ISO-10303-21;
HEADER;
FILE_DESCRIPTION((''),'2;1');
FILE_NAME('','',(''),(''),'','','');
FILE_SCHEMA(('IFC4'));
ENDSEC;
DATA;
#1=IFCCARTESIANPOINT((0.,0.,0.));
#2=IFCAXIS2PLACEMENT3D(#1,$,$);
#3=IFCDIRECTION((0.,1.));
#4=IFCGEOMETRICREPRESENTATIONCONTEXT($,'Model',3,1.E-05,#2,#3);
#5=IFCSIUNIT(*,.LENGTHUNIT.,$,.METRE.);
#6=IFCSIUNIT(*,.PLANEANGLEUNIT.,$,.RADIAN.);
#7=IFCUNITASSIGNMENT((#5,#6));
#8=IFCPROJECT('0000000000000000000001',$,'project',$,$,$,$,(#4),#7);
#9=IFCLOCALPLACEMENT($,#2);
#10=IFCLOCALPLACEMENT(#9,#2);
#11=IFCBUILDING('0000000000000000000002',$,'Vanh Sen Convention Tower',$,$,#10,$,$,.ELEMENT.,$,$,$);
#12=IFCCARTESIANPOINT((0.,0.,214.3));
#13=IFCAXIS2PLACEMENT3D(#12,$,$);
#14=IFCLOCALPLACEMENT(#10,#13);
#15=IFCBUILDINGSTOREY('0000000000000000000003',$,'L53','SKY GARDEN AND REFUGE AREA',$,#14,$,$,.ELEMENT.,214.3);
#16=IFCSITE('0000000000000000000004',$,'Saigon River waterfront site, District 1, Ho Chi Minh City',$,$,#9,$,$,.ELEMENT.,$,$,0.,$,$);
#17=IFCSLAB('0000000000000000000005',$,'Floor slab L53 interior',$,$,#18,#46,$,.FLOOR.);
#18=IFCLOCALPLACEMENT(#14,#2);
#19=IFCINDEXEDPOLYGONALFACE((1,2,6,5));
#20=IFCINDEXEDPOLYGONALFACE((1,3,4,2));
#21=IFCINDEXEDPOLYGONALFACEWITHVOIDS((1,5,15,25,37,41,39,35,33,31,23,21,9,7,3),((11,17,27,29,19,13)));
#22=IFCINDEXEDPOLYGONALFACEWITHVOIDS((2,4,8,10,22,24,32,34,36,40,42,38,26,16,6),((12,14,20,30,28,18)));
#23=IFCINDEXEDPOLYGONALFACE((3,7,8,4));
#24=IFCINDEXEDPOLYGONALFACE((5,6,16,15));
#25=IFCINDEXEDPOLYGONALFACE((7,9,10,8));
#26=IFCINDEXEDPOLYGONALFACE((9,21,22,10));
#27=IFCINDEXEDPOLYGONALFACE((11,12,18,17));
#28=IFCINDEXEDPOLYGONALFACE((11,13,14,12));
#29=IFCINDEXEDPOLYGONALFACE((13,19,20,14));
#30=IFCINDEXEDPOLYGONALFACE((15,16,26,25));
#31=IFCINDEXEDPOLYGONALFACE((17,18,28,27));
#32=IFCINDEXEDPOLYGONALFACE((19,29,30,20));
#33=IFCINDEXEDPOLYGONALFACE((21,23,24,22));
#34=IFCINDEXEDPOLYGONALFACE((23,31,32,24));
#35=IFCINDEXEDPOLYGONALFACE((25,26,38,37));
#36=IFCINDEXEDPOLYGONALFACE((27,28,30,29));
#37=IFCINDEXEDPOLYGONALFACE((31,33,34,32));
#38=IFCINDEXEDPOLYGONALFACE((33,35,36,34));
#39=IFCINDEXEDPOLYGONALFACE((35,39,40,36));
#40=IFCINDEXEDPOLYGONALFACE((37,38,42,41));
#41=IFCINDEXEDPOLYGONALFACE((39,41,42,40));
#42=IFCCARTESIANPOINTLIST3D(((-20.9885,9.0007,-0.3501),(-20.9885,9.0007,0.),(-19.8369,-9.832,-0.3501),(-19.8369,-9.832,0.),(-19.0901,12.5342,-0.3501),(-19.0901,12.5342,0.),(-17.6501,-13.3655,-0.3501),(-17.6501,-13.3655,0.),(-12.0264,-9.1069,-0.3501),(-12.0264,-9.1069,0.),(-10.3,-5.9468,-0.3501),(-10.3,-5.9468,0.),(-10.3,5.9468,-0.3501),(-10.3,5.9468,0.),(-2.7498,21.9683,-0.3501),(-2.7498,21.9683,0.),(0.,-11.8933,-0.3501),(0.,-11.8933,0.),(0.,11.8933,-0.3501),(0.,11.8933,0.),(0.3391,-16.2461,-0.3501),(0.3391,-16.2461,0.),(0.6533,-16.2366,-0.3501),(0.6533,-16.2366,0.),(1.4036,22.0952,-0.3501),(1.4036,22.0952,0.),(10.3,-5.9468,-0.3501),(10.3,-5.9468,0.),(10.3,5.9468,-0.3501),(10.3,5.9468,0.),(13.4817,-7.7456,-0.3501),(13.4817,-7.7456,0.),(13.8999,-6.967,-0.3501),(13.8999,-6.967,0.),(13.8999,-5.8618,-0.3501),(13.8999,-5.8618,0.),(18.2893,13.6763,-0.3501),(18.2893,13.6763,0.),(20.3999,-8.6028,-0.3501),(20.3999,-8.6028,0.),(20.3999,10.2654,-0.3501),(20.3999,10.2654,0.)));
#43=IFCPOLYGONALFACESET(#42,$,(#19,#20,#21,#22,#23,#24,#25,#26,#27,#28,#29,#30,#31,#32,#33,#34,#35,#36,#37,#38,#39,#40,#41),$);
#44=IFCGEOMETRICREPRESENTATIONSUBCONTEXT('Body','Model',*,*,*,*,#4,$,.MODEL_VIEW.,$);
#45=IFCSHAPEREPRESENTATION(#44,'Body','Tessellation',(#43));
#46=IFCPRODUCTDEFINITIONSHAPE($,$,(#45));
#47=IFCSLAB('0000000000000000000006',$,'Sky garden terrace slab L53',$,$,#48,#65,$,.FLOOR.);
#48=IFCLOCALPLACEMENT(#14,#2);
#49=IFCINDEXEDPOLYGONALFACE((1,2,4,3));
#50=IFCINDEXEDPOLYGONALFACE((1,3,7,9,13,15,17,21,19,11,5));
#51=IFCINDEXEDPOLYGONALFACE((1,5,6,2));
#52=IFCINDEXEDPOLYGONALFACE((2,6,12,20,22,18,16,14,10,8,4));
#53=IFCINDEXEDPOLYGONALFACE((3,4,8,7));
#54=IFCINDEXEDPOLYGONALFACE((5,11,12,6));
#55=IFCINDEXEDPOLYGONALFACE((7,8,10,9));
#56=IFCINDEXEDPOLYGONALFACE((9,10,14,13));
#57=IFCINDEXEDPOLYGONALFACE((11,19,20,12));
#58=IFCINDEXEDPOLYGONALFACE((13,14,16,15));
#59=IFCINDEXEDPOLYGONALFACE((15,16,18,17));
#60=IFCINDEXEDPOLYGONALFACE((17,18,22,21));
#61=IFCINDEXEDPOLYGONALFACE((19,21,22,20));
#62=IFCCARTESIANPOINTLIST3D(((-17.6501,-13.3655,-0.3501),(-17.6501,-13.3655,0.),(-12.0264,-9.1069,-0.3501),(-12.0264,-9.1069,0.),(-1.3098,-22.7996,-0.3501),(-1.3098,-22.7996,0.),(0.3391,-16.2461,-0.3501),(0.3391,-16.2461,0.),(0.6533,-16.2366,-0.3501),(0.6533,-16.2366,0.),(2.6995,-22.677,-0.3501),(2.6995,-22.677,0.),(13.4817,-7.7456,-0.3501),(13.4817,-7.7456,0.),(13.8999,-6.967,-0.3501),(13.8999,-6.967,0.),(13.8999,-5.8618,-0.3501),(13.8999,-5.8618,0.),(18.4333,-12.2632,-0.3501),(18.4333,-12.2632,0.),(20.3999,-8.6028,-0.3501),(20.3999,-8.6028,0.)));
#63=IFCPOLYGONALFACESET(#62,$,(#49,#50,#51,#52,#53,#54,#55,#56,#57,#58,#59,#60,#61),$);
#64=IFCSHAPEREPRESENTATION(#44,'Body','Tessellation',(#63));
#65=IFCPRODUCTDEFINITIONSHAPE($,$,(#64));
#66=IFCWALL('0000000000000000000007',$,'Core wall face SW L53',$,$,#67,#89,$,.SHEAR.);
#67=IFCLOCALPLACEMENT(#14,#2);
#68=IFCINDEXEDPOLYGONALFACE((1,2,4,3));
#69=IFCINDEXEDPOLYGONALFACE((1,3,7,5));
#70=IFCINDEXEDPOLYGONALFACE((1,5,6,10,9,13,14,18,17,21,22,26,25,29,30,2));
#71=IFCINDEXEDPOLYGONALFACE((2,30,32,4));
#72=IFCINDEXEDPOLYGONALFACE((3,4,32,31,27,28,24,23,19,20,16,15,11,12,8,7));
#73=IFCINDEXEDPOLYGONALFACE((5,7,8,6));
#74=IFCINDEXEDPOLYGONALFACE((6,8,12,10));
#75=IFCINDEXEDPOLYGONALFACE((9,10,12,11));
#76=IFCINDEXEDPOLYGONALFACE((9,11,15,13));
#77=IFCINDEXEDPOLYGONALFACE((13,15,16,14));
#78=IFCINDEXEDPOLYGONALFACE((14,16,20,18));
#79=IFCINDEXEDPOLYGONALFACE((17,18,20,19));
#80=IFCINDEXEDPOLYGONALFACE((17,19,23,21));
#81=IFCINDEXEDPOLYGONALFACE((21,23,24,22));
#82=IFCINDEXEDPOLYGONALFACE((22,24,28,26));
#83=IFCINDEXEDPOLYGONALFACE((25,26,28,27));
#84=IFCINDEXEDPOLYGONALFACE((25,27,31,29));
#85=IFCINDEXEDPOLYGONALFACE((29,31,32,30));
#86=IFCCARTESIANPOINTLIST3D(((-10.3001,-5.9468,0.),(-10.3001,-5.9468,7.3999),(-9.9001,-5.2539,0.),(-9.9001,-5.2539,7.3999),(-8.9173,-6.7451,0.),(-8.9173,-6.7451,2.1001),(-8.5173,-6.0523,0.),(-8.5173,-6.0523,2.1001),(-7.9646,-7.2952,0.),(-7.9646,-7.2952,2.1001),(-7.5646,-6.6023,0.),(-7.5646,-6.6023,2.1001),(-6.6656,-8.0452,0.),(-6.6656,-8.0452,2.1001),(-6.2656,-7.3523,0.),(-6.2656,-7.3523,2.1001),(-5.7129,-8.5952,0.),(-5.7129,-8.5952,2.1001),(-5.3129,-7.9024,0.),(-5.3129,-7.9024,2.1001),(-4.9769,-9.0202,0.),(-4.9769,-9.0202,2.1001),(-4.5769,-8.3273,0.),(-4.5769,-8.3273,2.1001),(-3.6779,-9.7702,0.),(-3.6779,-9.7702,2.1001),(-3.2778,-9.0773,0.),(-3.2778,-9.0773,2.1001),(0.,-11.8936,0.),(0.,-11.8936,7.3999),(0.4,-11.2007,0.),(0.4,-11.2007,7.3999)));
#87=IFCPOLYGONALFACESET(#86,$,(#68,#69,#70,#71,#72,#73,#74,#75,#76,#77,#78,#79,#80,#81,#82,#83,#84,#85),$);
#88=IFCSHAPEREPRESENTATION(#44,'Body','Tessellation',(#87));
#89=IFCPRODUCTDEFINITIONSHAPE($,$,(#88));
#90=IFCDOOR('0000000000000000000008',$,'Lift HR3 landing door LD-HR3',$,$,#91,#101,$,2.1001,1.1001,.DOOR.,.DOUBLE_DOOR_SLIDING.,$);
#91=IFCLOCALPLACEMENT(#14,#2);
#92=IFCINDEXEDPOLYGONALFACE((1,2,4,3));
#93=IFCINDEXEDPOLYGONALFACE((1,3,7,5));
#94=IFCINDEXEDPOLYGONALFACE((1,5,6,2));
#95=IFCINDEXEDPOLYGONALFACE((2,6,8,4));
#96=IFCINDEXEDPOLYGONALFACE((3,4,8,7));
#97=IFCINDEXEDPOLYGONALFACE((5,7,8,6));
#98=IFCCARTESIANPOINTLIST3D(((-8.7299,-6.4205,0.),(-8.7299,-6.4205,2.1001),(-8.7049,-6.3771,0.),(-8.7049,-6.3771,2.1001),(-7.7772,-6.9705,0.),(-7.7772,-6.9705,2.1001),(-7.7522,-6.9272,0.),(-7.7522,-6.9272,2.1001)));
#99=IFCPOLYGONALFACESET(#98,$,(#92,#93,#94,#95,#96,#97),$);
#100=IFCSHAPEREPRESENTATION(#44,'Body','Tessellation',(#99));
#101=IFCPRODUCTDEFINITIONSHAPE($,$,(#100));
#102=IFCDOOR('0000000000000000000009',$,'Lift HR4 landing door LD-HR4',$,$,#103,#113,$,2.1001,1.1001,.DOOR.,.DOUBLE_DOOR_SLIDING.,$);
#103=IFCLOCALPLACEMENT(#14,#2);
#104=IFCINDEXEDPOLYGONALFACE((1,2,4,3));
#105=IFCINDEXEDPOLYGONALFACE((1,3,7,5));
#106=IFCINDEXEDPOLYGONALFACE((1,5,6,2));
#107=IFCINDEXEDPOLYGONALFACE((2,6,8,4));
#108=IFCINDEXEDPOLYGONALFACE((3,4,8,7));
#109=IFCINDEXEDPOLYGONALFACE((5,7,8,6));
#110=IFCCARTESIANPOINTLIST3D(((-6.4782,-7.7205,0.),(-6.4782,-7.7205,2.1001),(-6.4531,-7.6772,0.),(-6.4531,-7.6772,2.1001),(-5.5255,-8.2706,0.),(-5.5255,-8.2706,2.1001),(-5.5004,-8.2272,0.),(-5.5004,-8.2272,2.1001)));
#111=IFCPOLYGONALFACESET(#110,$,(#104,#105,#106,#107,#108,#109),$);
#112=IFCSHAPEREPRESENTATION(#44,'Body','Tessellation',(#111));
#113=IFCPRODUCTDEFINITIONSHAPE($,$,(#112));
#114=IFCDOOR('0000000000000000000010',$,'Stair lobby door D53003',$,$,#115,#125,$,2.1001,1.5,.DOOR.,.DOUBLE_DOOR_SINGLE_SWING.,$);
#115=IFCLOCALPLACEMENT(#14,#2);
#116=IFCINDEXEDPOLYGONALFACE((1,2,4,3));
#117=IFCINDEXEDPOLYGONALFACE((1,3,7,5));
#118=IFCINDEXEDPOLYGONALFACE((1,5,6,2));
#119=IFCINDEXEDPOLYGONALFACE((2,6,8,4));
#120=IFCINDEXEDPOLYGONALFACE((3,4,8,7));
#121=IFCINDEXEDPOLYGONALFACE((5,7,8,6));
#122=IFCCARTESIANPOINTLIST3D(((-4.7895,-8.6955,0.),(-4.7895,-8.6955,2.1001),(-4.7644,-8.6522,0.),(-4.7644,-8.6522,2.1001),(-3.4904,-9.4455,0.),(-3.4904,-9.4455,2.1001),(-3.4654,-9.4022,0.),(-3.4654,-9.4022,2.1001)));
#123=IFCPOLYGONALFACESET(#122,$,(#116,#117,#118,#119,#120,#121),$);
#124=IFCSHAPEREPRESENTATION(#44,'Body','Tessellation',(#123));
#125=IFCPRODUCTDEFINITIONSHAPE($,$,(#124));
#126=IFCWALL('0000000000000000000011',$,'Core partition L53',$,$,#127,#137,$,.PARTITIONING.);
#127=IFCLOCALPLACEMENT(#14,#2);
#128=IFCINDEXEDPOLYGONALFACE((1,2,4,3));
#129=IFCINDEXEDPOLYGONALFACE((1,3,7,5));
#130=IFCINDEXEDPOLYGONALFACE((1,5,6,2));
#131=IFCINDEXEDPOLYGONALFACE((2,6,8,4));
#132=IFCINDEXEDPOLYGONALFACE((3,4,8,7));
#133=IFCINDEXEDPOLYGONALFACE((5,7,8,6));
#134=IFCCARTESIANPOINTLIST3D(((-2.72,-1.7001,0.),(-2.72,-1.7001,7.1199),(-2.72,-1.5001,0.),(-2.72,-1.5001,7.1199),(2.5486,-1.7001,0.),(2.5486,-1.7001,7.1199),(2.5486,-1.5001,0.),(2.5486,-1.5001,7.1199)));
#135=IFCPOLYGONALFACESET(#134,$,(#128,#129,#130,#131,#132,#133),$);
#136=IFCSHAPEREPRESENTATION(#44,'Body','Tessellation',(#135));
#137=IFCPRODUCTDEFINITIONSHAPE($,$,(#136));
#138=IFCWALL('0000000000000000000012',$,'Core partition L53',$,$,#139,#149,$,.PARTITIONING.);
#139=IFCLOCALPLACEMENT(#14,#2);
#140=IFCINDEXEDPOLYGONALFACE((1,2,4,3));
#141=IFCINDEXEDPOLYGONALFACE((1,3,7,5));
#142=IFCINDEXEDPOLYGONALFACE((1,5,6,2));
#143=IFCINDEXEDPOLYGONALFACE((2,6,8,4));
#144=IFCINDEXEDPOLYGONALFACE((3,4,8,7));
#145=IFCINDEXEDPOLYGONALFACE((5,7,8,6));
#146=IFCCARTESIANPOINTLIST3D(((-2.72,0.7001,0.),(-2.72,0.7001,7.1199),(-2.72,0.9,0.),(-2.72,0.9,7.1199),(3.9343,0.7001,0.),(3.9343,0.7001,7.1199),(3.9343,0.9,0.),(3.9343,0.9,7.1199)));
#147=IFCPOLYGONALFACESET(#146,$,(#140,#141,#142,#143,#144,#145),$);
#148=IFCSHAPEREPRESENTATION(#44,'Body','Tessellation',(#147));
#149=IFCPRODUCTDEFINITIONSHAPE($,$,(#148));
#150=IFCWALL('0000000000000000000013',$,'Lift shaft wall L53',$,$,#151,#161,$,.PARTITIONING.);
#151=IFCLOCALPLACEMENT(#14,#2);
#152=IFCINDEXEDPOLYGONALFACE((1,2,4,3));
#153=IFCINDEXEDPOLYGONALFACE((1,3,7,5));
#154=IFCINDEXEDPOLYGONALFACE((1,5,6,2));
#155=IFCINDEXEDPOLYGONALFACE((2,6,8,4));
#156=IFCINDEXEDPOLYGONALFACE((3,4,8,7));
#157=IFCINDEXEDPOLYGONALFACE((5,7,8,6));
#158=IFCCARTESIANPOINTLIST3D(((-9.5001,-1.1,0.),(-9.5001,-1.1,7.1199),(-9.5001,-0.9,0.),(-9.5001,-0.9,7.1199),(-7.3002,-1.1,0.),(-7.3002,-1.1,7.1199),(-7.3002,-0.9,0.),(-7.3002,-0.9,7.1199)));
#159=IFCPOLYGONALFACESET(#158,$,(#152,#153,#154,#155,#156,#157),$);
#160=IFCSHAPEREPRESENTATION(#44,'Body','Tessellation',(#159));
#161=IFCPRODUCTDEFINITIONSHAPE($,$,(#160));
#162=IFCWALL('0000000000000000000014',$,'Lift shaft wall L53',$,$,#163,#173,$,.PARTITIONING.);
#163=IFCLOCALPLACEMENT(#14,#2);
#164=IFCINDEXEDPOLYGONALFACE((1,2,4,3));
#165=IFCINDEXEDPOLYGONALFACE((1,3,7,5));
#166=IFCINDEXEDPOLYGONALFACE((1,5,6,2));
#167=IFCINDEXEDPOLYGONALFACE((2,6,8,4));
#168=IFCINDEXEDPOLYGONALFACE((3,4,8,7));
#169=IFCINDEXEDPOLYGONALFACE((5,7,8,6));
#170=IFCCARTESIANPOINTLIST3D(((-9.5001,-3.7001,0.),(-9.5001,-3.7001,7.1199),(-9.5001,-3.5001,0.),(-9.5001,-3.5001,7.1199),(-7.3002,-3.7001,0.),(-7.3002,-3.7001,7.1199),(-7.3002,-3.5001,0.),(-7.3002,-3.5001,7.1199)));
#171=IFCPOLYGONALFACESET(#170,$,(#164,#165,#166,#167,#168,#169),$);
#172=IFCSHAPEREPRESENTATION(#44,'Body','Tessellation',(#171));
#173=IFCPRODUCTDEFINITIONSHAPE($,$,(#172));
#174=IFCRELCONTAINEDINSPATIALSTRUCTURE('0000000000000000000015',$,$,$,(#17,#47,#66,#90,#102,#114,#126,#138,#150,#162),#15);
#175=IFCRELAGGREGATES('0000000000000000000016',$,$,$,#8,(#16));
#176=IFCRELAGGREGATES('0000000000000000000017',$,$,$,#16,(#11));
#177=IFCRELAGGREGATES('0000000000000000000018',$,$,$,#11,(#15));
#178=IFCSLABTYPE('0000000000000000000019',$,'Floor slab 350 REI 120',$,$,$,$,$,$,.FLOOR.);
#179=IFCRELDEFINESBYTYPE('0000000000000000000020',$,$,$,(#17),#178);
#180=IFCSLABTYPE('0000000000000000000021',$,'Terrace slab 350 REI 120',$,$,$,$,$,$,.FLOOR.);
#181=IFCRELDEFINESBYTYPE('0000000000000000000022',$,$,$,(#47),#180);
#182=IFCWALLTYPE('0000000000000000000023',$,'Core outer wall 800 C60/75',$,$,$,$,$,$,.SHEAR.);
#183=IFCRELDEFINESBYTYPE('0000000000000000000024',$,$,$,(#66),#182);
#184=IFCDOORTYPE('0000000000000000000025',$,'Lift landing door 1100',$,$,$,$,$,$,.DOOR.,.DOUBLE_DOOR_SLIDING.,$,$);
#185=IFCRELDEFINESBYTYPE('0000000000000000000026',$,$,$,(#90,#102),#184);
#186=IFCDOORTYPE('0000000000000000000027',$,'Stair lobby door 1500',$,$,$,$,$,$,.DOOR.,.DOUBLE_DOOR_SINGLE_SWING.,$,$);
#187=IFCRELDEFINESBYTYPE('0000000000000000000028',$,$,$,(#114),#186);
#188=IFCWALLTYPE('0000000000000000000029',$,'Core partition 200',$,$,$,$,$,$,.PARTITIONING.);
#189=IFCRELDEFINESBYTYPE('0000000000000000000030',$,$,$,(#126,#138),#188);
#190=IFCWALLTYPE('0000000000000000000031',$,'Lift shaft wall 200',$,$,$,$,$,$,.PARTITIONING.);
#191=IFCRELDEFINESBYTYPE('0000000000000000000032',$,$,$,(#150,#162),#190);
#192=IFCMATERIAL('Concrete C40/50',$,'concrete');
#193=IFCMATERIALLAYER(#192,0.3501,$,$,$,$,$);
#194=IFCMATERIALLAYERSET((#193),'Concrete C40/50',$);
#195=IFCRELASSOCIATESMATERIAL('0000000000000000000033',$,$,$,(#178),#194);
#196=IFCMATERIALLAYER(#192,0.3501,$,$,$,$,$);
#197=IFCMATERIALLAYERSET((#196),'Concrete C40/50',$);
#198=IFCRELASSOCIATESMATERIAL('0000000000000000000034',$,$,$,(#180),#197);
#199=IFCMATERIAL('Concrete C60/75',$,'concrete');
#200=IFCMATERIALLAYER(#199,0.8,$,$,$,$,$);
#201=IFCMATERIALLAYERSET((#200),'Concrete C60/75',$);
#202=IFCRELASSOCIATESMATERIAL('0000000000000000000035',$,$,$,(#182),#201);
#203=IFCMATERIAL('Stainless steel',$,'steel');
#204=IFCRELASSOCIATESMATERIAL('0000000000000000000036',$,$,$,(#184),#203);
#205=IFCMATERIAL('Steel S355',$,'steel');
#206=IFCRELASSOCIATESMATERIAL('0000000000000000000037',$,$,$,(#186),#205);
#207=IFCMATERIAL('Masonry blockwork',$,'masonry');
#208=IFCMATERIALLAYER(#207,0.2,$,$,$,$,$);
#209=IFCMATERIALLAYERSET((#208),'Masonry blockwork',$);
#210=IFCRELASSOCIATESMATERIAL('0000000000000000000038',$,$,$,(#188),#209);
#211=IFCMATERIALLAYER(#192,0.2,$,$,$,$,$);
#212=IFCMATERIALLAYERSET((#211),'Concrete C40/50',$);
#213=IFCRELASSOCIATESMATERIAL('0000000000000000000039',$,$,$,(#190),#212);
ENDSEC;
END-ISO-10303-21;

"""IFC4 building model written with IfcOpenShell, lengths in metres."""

from ifc_helpers import new_model, si_unit, direction, frame, frame_2d, origin, place, context, subcontext, project, spatial, polyline, rectangle, outline, extrude, material, layer, layer_set, type_object, element, fill, save


model = new_model("IFC4")

# Units and contexts
model_context = context("Model", 3, precision=1e-05, world=origin(), true_north=direction((0.0, 1.0)))
body_context = subcontext(model_context, "Body", "Model", "MODEL_VIEW")
ifc_project = project(units=[si_unit("LENGTHUNIT", "METRE"), si_unit("PLANEANGLEUNIT", "RADIAN")], contexts=[model_context])

# Site, building, storey
site_placement = place(None, origin())
site = spatial("IfcSite", under=ifc_project, at=site_placement, Name="Saigon River waterfront site, District 1, Ho Chi Minh City", CompositionType="ELEMENT", RefElevation=0.0)
building_placement = place(site_placement, origin())
building = spatial("IfcBuilding", under=site, at=building_placement, Name="Vanh Sen Convention Tower", CompositionType="ELEMENT")
storey_placement = place(building_placement, frame((0.0, 0.0, 214.3)))
storey = spatial("IfcBuildingStorey", under=building, at=storey_placement, Name="L53", Description="SKY GARDEN AND REFUGE AREA", CompositionType="ELEMENT", Elevation=214.3)

# Slabs
ifc_material_1 = material(Name="Concrete C40/50", Category="concrete")
ifc_layer_1 = layer(ifc_material_1, 0.3501)
ifc_layer_set_1 = layer_set([ifc_layer_1], Name="Concrete C40/50")
slab_type_1 = type_object("IfcSlabType", Name="Floor slab 350 REI 120", PredefinedType="FLOOR", material=ifc_layer_set_1)
slab_1_placement = place(storey_placement, frame((0.0, 0.0, -0.3501)))
element("IfcSlab", 1, at=slab_1_placement, inside=storey, type_object=slab_type_1, Name="Floor slab L53 interior", PredefinedType="FLOOR", context=body_context, shape_type="SweptSolid", body=[
    extrude(outline(polyline([(-17.6501, -13.3655), (-1.3098, -22.7996), (-17.6501, -13.3655), (-12.0264, -9.1069), (0.3391, -16.2461), (0.6533, -16.2366), (13.4817, -7.7456), (13.8999, -6.967), (13.8999, -5.8618), (20.3999, -8.6028), (20.3999, 10.2654), (18.2893, 13.6763), (1.4036, 22.0952), (-2.7498, 21.9683), (-19.0901, 12.5342), (-20.9885, 9.0007), (-19.8369, -9.832), (-17.6501, -13.3655)]), holes=[polyline([(0.0, 11.8933), (-10.3, 5.9468), (-10.3, -5.9468), (0.0, -11.8933), (10.3, -5.9468), (10.3, 5.9468), (0.0, 11.8933)])]), origin(), (0.0, 0.0, 1.0), 0.3501),
])
ifc_layer_2 = layer(ifc_material_1, 0.3501)
ifc_layer_set_2 = layer_set([ifc_layer_2], Name="Concrete C40/50")
slab_type_2 = type_object("IfcSlabType", Name="Terrace slab 350 REI 120", PredefinedType="FLOOR", material=ifc_layer_set_2)
slab_2_placement = place(storey_placement, frame((0.0, 0.0, -0.3501)))
element("IfcSlab", 2, at=slab_2_placement, inside=storey, type_object=slab_type_2, Name="Sky garden terrace slab L53", PredefinedType="FLOOR", context=body_context, shape_type="SweptSolid", body=[
    extrude(outline(polyline([(18.4333, -12.2632), (20.3999, -8.6028), (13.8999, -5.8618), (13.8999, -6.967), (13.4817, -7.7456), (0.6533, -16.2366), (0.3391, -16.2461), (-12.0264, -9.1069), (-17.6501, -13.3655), (-1.3098, -22.7996), (2.6995, -22.677), (18.4333, -12.2632)])), origin(), (0.0, 0.0, 1.0), 0.3501),
])

# Wall, openings, doors
ifc_material_2 = material(Name="Concrete C60/75", Category="concrete")
ifc_layer_3 = layer(ifc_material_2, 0.8)
ifc_layer_set_3 = layer_set([ifc_layer_3], Name="Concrete C60/75")
wall_type_1 = type_object("IfcWallType", Name="Core outer wall 800 C60/75", PredefinedType="SHEAR", material=ifc_layer_set_3)
wall_1_placement = place(storey_placement, frame((-10.1001, -5.6003, 0.0), z_axis=(0.0, 0.0, 1.0), x_axis=(0.866024, -0.500003, 0.0)))
wall_1 = element("IfcWall", 3, at=wall_1_placement, inside=storey, type_object=wall_type_1, Name="Core wall face SW L53", PredefinedType="SHEAR", context=body_context, shape_type="SweptSolid", body=[
    extrude(rectangle(XDim=11.8936, YDim=0.8, at=frame_2d((5.9468, 0.0))), origin(), (0.0, 0.0, 1.0), 7.3999),
])
opening_1_placement = place(wall_1_placement, frame((6.1467, 0.0, 0.0)))
opening_1 = element("IfcOpeningElement", 4, at=opening_1_placement, cuts=wall_1, PredefinedType="OPENING", context=body_context, shape_type="SweptSolid", body=[
    extrude(rectangle(XDim=1.5, YDim=2.1001, at=frame_2d((0.75, 1.05))), frame((0.0, 0.4099, 0.0), z_axis=(0.0, -1.0, 0.0), x_axis=(1.0, 0.0, 0.0)), (0.0, 0.0, 1.0), 0.8201),
])
opening_2_placement = place(wall_1_placement, frame((1.5967, 0.0, 0.0)))
opening_2 = element("IfcOpeningElement", 5, at=opening_2_placement, cuts=wall_1, PredefinedType="OPENING", context=body_context, shape_type="SweptSolid", body=[
    extrude(rectangle(XDim=1.1001, YDim=2.1001, at=frame_2d((0.55, 1.05))), frame((0.0, 0.4099, 0.0), z_axis=(0.0, -1.0, 0.0), x_axis=(1.0, 0.0, 0.0)), (0.0, 0.0, 1.0), 0.8201),
])
opening_3_placement = place(wall_1_placement, frame((4.1968, 0.0, 0.0)))
opening_3 = element("IfcOpeningElement", 6, at=opening_3_placement, cuts=wall_1, PredefinedType="OPENING", context=body_context, shape_type="SweptSolid", body=[
    extrude(rectangle(XDim=1.1001, YDim=2.1001, at=frame_2d((0.55, 1.05))), frame((0.0, 0.4099, 0.0), z_axis=(0.0, -1.0, 0.0), x_axis=(1.0, 0.0, 0.0)), (0.0, 0.0, 1.0), 0.8201),
])
ifc_material_3 = material(Name="Stainless steel", Category="steel")
door_type_1 = type_object("IfcDoorType", Name="Lift landing door 1100", OperationType="DOUBLE_DOOR_SLIDING", PredefinedType="DOOR", material=ifc_material_3)
door_1_placement = place(opening_2_placement, origin())
door_1 = element("IfcDoor", 7, at=door_1_placement, inside=storey, type_object=door_type_1, Name="Lift HR3 landing door LD-HR3", OperationType="DOUBLE_DOOR_SLIDING", OverallHeight=2.1001, OverallWidth=1.1001, PredefinedType="DOOR", context=body_context, shape_type="SweptSolid", body=[
    extrude(rectangle(XDim=1.1001, YDim=2.1001, at=frame_2d((0.55, 1.05))), frame((0.0, 0.0249, 0.0), z_axis=(0.0, -1.0, 0.0), x_axis=(1.0, 0.0, 0.0)), (0.0, 0.0, 1.0), 0.05),
])
fill(opening_2, door_1)
door_2_placement = place(opening_3_placement, origin())
door_2 = element("IfcDoor", 8, at=door_2_placement, inside=storey, type_object=door_type_1, Name="Lift HR4 landing door LD-HR4", OperationType="DOUBLE_DOOR_SLIDING", OverallHeight=2.1001, OverallWidth=1.1001, PredefinedType="DOOR", context=body_context, shape_type="SweptSolid", body=[
    extrude(rectangle(XDim=1.1001, YDim=2.1001, at=frame_2d((0.55, 1.05))), frame((0.0, 0.0249, 0.0), z_axis=(0.0, -1.0, 0.0), x_axis=(1.0, 0.0, 0.0)), (0.0, 0.0, 1.0), 0.05),
])
fill(opening_3, door_2)
ifc_material_4 = material(Name="Steel S355", Category="steel")
door_type_2 = type_object("IfcDoorType", Name="Stair lobby door 1500", OperationType="DOUBLE_DOOR_SINGLE_SWING", PredefinedType="DOOR", material=ifc_material_4)
door_3_placement = place(opening_1_placement, origin())
door_3 = element("IfcDoor", 9, at=door_3_placement, inside=storey, type_object=door_type_2, Name="Stair lobby door D53003", OperationType="DOUBLE_DOOR_SINGLE_SWING", OverallHeight=2.1001, OverallWidth=1.5, PredefinedType="DOOR", context=body_context, shape_type="SweptSolid", body=[
    extrude(rectangle(XDim=1.5, YDim=2.1001, at=frame_2d((0.75, 1.05))), frame((0.0, 0.0249, 0.0), z_axis=(0.0, -1.0, 0.0), x_axis=(1.0, 0.0, 0.0)), (0.0, 0.0, 1.0), 0.05),
])
fill(opening_1, door_3)

# Walls
ifc_material_5 = material(Name="Masonry blockwork", Category="masonry")
ifc_layer_4 = layer(ifc_material_5, 0.2)
ifc_layer_set_4 = layer_set([ifc_layer_4], Name="Masonry blockwork")
wall_type_2 = type_object("IfcWallType", Name="Core partition 200", PredefinedType="PARTITIONING", material=ifc_layer_set_4)
wall_2_placement = place(storey_placement, frame((-2.72, -1.6001, 0.0), z_axis=(0.0, 0.0, 1.0), x_axis=(1.0, 0.0, 0.0)))
element("IfcWall", 10, at=wall_2_placement, inside=storey, type_object=wall_type_2, Name="Core partition L53", PredefinedType="PARTITIONING", context=body_context, shape_type="SweptSolid", body=[
    extrude(rectangle(XDim=5.2686, YDim=0.2, at=frame_2d((2.6343, 0.0))), origin(), (0.0, 0.0, 1.0), 7.1199),
])
wall_3_placement = place(storey_placement, frame((-2.72, 0.8, 0.0), z_axis=(0.0, 0.0, 1.0), x_axis=(1.0, 0.0, 0.0)))
element("IfcWall", 11, at=wall_3_placement, inside=storey, type_object=wall_type_2, Name="Core partition L53", PredefinedType="PARTITIONING", context=body_context, shape_type="SweptSolid", body=[
    extrude(rectangle(XDim=6.6543, YDim=0.2, at=frame_2d((3.3271, 0.0))), origin(), (0.0, 0.0, 1.0), 7.1199),
])
ifc_layer_5 = layer(ifc_material_1, 0.2)
ifc_layer_set_5 = layer_set([ifc_layer_5], Name="Concrete C40/50")
wall_type_3 = type_object("IfcWallType", Name="Lift shaft wall 200", PredefinedType="PARTITIONING", material=ifc_layer_set_5)
for number, where, z_axis, x_axis, name in (
    (12, (-7.3, -1.0, 0.0), (0.0, 0.0, 1.0), (-1.0, 0.0, 0.0), "Lift shaft wall L53"),
    (13, (-7.3, -3.6001, 0.0), (0.0, 0.0, 1.0), (-1.0, 0.0, 0.0), "Lift shaft wall L53"),
):
    element("IfcWall", number, at=place(storey_placement, frame(where, z_axis=z_axis, x_axis=x_axis)), inside=storey, type_object=wall_type_3, Name=name, PredefinedType="PARTITIONING", context=body_context, shape_type="SweptSolid", body=[
        extrude(rectangle(XDim=2.2, YDim=0.2, at=frame_2d((1.1001, 0.0))), origin(), (0.0, 0.0, 1.0), 7.1199),
    ])

save(model, "model.ifc")
